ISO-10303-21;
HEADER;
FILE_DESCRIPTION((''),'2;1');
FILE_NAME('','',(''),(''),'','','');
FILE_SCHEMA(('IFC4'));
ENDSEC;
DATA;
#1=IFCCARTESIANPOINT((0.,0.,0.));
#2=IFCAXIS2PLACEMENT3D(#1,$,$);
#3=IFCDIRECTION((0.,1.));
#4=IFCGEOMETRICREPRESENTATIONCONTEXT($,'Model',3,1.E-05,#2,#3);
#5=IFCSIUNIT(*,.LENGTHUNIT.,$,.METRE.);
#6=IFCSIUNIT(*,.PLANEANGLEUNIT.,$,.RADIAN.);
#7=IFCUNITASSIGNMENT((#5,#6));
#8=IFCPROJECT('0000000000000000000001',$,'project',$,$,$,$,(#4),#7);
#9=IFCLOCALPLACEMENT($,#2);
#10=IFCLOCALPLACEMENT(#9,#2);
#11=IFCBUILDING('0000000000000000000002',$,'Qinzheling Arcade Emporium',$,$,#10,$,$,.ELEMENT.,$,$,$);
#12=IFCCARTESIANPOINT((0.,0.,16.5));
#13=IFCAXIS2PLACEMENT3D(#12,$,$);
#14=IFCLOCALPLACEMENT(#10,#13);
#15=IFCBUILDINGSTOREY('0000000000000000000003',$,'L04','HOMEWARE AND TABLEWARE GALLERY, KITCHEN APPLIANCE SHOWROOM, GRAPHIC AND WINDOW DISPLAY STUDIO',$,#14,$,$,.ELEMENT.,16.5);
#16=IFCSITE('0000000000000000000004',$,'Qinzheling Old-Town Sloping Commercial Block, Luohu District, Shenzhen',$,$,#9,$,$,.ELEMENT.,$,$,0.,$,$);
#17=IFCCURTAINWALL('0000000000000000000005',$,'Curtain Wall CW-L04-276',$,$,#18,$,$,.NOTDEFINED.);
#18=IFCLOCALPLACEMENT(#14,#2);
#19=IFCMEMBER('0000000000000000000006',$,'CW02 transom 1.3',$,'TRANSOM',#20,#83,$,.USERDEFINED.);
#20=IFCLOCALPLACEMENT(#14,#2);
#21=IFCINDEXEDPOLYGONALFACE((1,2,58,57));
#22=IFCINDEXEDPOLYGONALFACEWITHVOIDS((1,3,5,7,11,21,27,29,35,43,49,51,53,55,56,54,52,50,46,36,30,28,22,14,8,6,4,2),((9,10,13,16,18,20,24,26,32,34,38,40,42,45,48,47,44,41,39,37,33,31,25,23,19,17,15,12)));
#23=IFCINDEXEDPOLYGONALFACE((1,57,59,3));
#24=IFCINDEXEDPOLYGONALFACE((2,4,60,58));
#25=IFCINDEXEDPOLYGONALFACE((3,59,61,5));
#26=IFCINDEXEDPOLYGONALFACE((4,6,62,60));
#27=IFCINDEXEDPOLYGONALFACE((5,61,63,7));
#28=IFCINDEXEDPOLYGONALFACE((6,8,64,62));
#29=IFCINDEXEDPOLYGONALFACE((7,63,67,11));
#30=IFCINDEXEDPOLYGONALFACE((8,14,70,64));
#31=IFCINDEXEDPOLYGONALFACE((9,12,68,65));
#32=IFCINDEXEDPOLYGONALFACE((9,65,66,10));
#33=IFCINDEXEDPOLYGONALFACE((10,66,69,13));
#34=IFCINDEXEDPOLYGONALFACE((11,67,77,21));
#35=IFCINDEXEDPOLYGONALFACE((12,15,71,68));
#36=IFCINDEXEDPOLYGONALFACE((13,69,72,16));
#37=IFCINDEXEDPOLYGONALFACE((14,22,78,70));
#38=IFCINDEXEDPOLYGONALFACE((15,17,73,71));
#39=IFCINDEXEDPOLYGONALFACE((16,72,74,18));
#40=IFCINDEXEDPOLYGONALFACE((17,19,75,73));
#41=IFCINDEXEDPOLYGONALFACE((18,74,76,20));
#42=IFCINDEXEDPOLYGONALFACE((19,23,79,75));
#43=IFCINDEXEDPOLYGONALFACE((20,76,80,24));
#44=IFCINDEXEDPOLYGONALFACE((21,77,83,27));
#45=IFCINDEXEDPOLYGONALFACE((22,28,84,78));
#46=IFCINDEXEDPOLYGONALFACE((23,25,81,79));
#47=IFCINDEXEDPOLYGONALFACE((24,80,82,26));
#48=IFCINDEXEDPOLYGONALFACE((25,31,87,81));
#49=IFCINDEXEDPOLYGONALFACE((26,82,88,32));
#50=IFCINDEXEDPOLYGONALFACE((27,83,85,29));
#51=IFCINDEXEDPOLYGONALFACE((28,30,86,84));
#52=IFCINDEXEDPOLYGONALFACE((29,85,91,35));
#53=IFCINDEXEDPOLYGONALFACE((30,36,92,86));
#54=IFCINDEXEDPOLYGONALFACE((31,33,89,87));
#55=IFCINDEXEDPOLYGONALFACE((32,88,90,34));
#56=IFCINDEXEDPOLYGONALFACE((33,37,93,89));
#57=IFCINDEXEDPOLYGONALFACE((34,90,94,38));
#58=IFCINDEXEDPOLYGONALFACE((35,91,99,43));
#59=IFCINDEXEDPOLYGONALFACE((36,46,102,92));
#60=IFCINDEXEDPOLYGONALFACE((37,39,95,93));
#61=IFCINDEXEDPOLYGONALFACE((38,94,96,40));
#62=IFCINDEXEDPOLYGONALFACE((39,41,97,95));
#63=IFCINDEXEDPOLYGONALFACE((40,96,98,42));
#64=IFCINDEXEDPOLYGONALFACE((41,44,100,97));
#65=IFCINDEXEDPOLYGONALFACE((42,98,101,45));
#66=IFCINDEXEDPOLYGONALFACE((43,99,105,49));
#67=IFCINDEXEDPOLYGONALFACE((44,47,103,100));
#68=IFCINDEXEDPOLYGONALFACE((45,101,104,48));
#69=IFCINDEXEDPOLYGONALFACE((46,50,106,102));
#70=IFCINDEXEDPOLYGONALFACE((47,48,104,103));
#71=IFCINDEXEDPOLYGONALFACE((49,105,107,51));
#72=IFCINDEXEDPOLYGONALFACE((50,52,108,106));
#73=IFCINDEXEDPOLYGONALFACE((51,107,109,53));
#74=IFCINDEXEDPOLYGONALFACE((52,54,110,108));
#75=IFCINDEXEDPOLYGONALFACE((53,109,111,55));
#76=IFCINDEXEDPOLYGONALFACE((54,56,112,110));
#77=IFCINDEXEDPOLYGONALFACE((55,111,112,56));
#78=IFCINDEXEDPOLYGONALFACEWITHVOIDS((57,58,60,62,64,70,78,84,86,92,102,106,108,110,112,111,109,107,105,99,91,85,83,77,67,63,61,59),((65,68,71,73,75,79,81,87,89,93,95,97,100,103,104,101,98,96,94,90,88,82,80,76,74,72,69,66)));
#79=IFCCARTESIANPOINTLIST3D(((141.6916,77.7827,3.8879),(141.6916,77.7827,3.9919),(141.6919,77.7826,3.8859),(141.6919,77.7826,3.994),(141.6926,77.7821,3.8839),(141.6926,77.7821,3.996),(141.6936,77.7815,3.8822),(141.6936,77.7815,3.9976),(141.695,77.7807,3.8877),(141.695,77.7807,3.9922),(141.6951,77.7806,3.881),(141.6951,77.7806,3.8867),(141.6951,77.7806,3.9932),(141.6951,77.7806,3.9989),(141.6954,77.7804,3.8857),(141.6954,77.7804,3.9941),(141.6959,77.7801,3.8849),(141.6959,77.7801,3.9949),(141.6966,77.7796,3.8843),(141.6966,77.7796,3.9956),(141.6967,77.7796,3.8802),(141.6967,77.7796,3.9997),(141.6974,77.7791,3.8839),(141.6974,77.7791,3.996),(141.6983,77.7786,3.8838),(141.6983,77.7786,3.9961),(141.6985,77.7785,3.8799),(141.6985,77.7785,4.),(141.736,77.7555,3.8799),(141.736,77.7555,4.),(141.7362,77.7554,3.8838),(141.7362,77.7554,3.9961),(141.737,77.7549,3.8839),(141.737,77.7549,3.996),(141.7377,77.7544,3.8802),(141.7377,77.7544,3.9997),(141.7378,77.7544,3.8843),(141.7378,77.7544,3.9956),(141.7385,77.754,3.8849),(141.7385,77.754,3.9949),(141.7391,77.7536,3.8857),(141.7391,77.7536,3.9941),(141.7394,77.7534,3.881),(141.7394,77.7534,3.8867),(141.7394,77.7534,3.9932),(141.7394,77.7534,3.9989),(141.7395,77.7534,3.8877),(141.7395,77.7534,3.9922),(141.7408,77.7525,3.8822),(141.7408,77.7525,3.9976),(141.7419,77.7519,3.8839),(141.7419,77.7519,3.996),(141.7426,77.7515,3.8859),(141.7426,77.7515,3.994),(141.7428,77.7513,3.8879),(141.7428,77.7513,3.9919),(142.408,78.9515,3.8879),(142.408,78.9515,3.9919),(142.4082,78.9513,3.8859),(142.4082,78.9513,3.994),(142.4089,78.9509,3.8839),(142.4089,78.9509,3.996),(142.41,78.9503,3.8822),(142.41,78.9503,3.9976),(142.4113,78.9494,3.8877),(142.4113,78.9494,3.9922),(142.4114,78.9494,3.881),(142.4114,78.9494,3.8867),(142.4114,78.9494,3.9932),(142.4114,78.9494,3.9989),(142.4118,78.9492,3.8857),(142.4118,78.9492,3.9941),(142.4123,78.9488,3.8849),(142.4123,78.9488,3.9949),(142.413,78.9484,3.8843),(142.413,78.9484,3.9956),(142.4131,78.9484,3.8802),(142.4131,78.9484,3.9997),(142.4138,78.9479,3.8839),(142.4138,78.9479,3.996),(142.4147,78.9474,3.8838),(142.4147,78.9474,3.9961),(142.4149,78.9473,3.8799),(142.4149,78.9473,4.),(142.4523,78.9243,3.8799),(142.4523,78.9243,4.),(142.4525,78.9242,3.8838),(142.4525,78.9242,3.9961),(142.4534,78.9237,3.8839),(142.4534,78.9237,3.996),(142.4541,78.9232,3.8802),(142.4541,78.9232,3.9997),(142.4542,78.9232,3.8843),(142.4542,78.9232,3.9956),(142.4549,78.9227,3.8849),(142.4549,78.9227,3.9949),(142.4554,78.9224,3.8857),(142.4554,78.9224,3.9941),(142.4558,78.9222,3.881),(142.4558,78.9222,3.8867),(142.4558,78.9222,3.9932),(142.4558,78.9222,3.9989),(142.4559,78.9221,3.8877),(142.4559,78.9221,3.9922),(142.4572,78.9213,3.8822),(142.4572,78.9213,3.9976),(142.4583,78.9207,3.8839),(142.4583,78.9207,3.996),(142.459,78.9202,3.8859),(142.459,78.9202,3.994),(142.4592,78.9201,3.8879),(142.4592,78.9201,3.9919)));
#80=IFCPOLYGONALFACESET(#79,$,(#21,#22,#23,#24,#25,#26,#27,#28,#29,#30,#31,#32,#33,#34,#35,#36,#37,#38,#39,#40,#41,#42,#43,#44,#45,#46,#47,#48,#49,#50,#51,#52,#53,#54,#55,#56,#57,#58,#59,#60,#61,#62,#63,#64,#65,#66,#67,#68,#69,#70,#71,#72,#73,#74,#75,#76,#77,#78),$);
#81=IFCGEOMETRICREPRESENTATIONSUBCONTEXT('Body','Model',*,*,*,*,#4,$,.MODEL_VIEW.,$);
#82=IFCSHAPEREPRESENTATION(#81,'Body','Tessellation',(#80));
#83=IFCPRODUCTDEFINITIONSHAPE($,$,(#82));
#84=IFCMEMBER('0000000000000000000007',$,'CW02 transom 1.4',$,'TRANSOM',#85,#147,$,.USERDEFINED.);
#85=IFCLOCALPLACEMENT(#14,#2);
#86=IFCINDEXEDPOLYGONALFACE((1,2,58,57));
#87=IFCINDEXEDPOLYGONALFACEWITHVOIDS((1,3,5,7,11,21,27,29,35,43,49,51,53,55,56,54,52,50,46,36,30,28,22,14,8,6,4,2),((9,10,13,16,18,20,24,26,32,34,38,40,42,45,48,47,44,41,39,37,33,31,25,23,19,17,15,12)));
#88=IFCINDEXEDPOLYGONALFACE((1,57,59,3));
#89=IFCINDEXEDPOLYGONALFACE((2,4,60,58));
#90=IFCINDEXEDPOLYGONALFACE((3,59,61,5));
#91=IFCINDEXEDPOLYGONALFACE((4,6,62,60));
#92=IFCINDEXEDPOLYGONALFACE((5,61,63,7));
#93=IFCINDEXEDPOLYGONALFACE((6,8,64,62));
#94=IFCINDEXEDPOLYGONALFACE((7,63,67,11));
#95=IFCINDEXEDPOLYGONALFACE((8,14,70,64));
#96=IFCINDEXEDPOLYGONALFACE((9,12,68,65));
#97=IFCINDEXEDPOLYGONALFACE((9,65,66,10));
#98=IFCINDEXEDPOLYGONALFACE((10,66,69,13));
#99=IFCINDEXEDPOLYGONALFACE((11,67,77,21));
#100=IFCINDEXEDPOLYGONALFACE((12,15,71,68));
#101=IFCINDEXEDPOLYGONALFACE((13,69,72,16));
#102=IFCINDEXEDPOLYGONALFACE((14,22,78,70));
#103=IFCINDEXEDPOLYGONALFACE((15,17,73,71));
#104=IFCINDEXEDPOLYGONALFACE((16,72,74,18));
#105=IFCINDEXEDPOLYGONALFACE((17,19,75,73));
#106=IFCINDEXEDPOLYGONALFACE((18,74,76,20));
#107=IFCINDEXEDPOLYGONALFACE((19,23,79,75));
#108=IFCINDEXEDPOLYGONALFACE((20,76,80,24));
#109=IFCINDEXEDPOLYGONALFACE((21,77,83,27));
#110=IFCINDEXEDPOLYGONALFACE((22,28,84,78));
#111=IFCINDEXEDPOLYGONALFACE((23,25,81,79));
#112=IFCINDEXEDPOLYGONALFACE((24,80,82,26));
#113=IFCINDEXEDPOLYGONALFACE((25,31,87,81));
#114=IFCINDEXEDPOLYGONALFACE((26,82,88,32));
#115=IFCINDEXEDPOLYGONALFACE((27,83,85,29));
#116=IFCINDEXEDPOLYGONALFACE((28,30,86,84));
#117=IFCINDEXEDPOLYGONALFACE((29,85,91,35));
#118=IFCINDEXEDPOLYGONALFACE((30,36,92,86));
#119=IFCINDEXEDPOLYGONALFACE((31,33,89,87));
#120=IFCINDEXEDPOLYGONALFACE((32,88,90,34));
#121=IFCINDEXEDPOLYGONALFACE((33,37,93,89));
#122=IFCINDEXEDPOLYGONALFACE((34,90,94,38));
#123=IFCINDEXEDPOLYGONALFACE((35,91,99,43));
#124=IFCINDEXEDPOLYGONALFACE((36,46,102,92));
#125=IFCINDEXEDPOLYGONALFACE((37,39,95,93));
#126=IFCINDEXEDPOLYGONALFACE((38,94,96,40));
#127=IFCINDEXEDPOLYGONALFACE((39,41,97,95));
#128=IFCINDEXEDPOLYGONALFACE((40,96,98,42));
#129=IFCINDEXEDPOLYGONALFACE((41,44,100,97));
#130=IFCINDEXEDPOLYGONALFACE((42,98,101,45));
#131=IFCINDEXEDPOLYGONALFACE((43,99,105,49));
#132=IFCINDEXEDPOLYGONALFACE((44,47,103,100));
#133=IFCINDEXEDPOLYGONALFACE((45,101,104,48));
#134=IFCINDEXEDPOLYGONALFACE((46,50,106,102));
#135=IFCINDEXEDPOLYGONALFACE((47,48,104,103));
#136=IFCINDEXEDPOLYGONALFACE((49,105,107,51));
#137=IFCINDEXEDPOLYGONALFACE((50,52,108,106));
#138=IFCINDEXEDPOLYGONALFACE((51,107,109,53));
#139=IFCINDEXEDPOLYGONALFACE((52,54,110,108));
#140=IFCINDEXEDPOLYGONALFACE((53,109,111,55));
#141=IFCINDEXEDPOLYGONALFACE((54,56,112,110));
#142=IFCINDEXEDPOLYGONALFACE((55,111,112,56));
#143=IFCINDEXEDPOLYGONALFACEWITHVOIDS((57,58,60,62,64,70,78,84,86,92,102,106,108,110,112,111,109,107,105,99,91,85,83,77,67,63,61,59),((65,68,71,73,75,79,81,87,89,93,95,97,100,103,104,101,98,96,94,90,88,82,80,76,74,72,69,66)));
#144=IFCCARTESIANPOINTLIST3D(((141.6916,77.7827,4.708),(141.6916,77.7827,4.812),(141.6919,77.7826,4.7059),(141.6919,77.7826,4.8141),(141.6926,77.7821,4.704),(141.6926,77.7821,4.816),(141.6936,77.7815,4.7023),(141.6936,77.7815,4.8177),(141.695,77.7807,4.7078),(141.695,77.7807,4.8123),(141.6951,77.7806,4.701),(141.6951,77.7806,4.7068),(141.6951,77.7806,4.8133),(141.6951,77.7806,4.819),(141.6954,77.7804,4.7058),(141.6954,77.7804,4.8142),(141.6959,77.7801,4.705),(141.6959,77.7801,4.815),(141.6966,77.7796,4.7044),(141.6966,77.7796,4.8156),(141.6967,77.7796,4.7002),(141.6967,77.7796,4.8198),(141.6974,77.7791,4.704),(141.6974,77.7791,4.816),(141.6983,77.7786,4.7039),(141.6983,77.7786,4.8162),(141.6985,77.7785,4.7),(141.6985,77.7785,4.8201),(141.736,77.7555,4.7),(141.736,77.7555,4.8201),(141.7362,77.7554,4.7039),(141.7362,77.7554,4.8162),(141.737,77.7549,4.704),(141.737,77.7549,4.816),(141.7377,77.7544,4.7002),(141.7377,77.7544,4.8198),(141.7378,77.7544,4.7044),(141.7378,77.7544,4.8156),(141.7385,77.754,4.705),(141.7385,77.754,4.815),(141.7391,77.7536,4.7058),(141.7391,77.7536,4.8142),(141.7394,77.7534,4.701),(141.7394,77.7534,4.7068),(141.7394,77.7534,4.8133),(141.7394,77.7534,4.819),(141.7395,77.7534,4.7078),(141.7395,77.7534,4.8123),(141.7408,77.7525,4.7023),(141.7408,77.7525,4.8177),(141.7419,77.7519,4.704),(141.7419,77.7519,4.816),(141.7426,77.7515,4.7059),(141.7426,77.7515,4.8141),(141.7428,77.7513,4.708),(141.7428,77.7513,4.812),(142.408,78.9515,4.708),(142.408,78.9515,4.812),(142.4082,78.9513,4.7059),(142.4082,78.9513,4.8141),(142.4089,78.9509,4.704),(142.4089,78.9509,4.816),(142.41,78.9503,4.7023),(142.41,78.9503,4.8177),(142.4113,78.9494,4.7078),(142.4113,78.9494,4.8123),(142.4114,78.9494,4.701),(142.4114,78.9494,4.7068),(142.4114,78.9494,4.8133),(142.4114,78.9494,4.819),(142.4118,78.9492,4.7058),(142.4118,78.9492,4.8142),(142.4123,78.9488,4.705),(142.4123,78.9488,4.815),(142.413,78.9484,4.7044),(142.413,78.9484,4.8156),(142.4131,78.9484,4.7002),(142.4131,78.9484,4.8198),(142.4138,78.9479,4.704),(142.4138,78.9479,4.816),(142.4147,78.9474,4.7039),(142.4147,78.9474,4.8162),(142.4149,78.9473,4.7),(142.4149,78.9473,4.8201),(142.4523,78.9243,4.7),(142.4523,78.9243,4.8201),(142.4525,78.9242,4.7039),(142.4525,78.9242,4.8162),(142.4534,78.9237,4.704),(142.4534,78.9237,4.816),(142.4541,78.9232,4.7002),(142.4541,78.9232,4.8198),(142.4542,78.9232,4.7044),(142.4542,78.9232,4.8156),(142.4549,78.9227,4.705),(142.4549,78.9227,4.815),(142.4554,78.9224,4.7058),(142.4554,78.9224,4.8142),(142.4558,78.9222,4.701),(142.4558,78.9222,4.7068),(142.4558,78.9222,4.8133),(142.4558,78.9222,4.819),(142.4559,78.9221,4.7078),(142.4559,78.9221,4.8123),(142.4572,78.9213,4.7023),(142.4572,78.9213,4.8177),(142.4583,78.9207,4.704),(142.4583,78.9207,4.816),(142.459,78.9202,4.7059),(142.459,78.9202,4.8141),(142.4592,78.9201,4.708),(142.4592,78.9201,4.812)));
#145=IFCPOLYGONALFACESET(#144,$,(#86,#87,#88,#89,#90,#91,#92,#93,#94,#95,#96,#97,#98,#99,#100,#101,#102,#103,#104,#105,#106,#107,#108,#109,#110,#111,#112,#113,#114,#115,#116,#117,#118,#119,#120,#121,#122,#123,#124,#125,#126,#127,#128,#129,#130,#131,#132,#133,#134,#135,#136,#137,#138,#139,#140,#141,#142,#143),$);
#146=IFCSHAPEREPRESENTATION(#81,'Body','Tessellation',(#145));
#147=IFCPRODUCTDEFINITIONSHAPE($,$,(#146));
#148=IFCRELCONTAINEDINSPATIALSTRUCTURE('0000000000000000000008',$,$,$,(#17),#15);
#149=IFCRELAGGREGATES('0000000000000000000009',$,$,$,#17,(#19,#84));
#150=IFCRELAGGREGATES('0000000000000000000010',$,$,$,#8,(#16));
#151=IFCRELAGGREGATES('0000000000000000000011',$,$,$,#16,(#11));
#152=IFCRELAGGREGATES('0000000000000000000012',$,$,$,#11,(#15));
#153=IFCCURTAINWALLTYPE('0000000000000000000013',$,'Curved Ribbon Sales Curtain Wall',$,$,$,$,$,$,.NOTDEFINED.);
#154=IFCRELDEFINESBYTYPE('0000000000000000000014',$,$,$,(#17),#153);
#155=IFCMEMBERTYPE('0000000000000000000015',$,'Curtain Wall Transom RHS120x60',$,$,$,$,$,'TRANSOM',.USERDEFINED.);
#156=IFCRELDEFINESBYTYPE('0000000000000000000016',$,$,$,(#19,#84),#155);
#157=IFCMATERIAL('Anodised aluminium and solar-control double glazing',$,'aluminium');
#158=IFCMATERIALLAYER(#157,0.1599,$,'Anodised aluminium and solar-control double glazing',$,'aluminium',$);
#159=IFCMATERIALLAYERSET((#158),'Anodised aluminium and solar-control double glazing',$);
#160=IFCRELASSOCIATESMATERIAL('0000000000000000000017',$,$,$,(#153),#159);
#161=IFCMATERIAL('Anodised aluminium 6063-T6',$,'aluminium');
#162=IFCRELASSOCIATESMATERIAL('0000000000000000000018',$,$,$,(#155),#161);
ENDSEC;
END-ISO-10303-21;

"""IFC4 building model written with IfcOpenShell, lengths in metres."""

from ifc_helpers import new_model, si_unit, direction, frame, origin, origin_2d, place, context, subcontext, project, spatial, hollow_rectangle, extrude, material, layer, layer_set, material_profile, profile_set, type_object, element, aggregate, save


model = new_model("IFC4")

# Units and contexts
model_context = context("Model", 3, precision=1e-05, world=origin(), true_north=direction((0.0, 1.0)))
body_context = subcontext(model_context, "Body", "Model", "MODEL_VIEW")
ifc_project = project(units=[si_unit("LENGTHUNIT", "METRE"), si_unit("PLANEANGLEUNIT", "RADIAN")], contexts=[model_context])

# Site, building, storey
site_placement = place(None, origin())
site = spatial("IfcSite", under=ifc_project, at=site_placement, Name="Qinzheling Old-Town Sloping Commercial Block, Luohu District, Shenzhen", CompositionType="ELEMENT", RefElevation=0.0)
building_placement = place(site_placement, origin())
building = spatial("IfcBuilding", under=site, at=building_placement, Name="Qinzheling Arcade Emporium", CompositionType="ELEMENT")
storey_placement = place(building_placement, frame((0.0, 0.0, 16.5)))
storey = spatial("IfcBuildingStorey", under=building, at=storey_placement, Name="L04", Description="HOMEWARE AND TABLEWARE GALLERY, KITCHEN APPLIANCE SHOWROOM, GRAPHIC AND WINDOW DISPLAY STUDIO", CompositionType="ELEMENT", Elevation=16.5)

# Curtain wall
ifc_material_1 = material(Name="Anodised aluminium and solar-control double glazing", Category="aluminium")
ifc_layer_1 = layer(ifc_material_1, 0.1599, Name="Anodised aluminium and solar-control double glazing", Category="aluminium")
ifc_layer_set_1 = layer_set([ifc_layer_1], Name="Anodised aluminium and solar-control double glazing")
curtain_wall_type = type_object("IfcCurtainWallType", Name="Curved Ribbon Sales Curtain Wall", PredefinedType="NOTDEFINED", material=ifc_layer_set_1)
curtain_wall_1_placement = place(storey_placement, origin())
curtain_wall_1 = element("IfcCurtainWall", 1, at=curtain_wall_1_placement, inside=storey, type_object=curtain_wall_type, Name="Curtain Wall CW-L04-276", PredefinedType="NOTDEFINED")
ifc_material_2 = material(Name="Anodised aluminium 6063-T6", Category="aluminium")

# Members
ifc_material_profile_1 = material_profile(ifc_material_2, hollow_rectangle(XDim=0.0601, YDim=0.1201, WallThickness=0.0039, InnerFilletRadius=0.0039, OuterFilletRadius=0.0081, at=origin_2d()), Name="RHS 120x60x4", Category="aluminium")
ifc_profile_set_1 = profile_set([ifc_material_profile_1], Name="Anodised aluminium 6063-T6")
member_type_1 = type_object("IfcMemberType", Name="Curtain Wall Transom RHS120x60", ElementType="TRANSOM", PredefinedType="USERDEFINED", material=ifc_profile_set_1)
member_1_placement = place(storey_placement, frame((142.4336, 78.9358, 3.9399), z_axis=(-0.522566, -0.852599, 0.0), x_axis=(0.852599, -0.522566, 0.0)))
member_1 = element("IfcMember", 2, at=member_1_placement, type_object=member_type_1, Name="CW02 transom 1.3", ObjectType="TRANSOM", PredefinedType="USERDEFINED", context=body_context, shape_type="SweptSolid", body=[
    extrude(hollow_rectangle(XDim=0.0601, YDim=0.1201, WallThickness=0.0039, InnerFilletRadius=0.0039, OuterFilletRadius=0.0081, at=origin_2d()), origin(), (0.0, 0.0, 1.0), 1.3708),
])
member_2_placement = place(storey_placement, frame((142.4336, 78.9358, 4.76), z_axis=(-0.522566, -0.852599, 0.0), x_axis=(0.852599, -0.522566, 0.0)))
member_2 = element("IfcMember", 3, at=member_2_placement, type_object=member_type_1, Name="CW02 transom 1.4", ObjectType="TRANSOM", PredefinedType="USERDEFINED", context=body_context, shape_type="SweptSolid", body=[
    extrude(hollow_rectangle(XDim=0.0601, YDim=0.1201, WallThickness=0.0039, InnerFilletRadius=0.0039, OuterFilletRadius=0.0081, at=origin_2d()), origin(), (0.0, 0.0, 1.0), 1.3708),
])

aggregate(curtain_wall_1, [member_1, member_2])

save(model, "model.ifc")
